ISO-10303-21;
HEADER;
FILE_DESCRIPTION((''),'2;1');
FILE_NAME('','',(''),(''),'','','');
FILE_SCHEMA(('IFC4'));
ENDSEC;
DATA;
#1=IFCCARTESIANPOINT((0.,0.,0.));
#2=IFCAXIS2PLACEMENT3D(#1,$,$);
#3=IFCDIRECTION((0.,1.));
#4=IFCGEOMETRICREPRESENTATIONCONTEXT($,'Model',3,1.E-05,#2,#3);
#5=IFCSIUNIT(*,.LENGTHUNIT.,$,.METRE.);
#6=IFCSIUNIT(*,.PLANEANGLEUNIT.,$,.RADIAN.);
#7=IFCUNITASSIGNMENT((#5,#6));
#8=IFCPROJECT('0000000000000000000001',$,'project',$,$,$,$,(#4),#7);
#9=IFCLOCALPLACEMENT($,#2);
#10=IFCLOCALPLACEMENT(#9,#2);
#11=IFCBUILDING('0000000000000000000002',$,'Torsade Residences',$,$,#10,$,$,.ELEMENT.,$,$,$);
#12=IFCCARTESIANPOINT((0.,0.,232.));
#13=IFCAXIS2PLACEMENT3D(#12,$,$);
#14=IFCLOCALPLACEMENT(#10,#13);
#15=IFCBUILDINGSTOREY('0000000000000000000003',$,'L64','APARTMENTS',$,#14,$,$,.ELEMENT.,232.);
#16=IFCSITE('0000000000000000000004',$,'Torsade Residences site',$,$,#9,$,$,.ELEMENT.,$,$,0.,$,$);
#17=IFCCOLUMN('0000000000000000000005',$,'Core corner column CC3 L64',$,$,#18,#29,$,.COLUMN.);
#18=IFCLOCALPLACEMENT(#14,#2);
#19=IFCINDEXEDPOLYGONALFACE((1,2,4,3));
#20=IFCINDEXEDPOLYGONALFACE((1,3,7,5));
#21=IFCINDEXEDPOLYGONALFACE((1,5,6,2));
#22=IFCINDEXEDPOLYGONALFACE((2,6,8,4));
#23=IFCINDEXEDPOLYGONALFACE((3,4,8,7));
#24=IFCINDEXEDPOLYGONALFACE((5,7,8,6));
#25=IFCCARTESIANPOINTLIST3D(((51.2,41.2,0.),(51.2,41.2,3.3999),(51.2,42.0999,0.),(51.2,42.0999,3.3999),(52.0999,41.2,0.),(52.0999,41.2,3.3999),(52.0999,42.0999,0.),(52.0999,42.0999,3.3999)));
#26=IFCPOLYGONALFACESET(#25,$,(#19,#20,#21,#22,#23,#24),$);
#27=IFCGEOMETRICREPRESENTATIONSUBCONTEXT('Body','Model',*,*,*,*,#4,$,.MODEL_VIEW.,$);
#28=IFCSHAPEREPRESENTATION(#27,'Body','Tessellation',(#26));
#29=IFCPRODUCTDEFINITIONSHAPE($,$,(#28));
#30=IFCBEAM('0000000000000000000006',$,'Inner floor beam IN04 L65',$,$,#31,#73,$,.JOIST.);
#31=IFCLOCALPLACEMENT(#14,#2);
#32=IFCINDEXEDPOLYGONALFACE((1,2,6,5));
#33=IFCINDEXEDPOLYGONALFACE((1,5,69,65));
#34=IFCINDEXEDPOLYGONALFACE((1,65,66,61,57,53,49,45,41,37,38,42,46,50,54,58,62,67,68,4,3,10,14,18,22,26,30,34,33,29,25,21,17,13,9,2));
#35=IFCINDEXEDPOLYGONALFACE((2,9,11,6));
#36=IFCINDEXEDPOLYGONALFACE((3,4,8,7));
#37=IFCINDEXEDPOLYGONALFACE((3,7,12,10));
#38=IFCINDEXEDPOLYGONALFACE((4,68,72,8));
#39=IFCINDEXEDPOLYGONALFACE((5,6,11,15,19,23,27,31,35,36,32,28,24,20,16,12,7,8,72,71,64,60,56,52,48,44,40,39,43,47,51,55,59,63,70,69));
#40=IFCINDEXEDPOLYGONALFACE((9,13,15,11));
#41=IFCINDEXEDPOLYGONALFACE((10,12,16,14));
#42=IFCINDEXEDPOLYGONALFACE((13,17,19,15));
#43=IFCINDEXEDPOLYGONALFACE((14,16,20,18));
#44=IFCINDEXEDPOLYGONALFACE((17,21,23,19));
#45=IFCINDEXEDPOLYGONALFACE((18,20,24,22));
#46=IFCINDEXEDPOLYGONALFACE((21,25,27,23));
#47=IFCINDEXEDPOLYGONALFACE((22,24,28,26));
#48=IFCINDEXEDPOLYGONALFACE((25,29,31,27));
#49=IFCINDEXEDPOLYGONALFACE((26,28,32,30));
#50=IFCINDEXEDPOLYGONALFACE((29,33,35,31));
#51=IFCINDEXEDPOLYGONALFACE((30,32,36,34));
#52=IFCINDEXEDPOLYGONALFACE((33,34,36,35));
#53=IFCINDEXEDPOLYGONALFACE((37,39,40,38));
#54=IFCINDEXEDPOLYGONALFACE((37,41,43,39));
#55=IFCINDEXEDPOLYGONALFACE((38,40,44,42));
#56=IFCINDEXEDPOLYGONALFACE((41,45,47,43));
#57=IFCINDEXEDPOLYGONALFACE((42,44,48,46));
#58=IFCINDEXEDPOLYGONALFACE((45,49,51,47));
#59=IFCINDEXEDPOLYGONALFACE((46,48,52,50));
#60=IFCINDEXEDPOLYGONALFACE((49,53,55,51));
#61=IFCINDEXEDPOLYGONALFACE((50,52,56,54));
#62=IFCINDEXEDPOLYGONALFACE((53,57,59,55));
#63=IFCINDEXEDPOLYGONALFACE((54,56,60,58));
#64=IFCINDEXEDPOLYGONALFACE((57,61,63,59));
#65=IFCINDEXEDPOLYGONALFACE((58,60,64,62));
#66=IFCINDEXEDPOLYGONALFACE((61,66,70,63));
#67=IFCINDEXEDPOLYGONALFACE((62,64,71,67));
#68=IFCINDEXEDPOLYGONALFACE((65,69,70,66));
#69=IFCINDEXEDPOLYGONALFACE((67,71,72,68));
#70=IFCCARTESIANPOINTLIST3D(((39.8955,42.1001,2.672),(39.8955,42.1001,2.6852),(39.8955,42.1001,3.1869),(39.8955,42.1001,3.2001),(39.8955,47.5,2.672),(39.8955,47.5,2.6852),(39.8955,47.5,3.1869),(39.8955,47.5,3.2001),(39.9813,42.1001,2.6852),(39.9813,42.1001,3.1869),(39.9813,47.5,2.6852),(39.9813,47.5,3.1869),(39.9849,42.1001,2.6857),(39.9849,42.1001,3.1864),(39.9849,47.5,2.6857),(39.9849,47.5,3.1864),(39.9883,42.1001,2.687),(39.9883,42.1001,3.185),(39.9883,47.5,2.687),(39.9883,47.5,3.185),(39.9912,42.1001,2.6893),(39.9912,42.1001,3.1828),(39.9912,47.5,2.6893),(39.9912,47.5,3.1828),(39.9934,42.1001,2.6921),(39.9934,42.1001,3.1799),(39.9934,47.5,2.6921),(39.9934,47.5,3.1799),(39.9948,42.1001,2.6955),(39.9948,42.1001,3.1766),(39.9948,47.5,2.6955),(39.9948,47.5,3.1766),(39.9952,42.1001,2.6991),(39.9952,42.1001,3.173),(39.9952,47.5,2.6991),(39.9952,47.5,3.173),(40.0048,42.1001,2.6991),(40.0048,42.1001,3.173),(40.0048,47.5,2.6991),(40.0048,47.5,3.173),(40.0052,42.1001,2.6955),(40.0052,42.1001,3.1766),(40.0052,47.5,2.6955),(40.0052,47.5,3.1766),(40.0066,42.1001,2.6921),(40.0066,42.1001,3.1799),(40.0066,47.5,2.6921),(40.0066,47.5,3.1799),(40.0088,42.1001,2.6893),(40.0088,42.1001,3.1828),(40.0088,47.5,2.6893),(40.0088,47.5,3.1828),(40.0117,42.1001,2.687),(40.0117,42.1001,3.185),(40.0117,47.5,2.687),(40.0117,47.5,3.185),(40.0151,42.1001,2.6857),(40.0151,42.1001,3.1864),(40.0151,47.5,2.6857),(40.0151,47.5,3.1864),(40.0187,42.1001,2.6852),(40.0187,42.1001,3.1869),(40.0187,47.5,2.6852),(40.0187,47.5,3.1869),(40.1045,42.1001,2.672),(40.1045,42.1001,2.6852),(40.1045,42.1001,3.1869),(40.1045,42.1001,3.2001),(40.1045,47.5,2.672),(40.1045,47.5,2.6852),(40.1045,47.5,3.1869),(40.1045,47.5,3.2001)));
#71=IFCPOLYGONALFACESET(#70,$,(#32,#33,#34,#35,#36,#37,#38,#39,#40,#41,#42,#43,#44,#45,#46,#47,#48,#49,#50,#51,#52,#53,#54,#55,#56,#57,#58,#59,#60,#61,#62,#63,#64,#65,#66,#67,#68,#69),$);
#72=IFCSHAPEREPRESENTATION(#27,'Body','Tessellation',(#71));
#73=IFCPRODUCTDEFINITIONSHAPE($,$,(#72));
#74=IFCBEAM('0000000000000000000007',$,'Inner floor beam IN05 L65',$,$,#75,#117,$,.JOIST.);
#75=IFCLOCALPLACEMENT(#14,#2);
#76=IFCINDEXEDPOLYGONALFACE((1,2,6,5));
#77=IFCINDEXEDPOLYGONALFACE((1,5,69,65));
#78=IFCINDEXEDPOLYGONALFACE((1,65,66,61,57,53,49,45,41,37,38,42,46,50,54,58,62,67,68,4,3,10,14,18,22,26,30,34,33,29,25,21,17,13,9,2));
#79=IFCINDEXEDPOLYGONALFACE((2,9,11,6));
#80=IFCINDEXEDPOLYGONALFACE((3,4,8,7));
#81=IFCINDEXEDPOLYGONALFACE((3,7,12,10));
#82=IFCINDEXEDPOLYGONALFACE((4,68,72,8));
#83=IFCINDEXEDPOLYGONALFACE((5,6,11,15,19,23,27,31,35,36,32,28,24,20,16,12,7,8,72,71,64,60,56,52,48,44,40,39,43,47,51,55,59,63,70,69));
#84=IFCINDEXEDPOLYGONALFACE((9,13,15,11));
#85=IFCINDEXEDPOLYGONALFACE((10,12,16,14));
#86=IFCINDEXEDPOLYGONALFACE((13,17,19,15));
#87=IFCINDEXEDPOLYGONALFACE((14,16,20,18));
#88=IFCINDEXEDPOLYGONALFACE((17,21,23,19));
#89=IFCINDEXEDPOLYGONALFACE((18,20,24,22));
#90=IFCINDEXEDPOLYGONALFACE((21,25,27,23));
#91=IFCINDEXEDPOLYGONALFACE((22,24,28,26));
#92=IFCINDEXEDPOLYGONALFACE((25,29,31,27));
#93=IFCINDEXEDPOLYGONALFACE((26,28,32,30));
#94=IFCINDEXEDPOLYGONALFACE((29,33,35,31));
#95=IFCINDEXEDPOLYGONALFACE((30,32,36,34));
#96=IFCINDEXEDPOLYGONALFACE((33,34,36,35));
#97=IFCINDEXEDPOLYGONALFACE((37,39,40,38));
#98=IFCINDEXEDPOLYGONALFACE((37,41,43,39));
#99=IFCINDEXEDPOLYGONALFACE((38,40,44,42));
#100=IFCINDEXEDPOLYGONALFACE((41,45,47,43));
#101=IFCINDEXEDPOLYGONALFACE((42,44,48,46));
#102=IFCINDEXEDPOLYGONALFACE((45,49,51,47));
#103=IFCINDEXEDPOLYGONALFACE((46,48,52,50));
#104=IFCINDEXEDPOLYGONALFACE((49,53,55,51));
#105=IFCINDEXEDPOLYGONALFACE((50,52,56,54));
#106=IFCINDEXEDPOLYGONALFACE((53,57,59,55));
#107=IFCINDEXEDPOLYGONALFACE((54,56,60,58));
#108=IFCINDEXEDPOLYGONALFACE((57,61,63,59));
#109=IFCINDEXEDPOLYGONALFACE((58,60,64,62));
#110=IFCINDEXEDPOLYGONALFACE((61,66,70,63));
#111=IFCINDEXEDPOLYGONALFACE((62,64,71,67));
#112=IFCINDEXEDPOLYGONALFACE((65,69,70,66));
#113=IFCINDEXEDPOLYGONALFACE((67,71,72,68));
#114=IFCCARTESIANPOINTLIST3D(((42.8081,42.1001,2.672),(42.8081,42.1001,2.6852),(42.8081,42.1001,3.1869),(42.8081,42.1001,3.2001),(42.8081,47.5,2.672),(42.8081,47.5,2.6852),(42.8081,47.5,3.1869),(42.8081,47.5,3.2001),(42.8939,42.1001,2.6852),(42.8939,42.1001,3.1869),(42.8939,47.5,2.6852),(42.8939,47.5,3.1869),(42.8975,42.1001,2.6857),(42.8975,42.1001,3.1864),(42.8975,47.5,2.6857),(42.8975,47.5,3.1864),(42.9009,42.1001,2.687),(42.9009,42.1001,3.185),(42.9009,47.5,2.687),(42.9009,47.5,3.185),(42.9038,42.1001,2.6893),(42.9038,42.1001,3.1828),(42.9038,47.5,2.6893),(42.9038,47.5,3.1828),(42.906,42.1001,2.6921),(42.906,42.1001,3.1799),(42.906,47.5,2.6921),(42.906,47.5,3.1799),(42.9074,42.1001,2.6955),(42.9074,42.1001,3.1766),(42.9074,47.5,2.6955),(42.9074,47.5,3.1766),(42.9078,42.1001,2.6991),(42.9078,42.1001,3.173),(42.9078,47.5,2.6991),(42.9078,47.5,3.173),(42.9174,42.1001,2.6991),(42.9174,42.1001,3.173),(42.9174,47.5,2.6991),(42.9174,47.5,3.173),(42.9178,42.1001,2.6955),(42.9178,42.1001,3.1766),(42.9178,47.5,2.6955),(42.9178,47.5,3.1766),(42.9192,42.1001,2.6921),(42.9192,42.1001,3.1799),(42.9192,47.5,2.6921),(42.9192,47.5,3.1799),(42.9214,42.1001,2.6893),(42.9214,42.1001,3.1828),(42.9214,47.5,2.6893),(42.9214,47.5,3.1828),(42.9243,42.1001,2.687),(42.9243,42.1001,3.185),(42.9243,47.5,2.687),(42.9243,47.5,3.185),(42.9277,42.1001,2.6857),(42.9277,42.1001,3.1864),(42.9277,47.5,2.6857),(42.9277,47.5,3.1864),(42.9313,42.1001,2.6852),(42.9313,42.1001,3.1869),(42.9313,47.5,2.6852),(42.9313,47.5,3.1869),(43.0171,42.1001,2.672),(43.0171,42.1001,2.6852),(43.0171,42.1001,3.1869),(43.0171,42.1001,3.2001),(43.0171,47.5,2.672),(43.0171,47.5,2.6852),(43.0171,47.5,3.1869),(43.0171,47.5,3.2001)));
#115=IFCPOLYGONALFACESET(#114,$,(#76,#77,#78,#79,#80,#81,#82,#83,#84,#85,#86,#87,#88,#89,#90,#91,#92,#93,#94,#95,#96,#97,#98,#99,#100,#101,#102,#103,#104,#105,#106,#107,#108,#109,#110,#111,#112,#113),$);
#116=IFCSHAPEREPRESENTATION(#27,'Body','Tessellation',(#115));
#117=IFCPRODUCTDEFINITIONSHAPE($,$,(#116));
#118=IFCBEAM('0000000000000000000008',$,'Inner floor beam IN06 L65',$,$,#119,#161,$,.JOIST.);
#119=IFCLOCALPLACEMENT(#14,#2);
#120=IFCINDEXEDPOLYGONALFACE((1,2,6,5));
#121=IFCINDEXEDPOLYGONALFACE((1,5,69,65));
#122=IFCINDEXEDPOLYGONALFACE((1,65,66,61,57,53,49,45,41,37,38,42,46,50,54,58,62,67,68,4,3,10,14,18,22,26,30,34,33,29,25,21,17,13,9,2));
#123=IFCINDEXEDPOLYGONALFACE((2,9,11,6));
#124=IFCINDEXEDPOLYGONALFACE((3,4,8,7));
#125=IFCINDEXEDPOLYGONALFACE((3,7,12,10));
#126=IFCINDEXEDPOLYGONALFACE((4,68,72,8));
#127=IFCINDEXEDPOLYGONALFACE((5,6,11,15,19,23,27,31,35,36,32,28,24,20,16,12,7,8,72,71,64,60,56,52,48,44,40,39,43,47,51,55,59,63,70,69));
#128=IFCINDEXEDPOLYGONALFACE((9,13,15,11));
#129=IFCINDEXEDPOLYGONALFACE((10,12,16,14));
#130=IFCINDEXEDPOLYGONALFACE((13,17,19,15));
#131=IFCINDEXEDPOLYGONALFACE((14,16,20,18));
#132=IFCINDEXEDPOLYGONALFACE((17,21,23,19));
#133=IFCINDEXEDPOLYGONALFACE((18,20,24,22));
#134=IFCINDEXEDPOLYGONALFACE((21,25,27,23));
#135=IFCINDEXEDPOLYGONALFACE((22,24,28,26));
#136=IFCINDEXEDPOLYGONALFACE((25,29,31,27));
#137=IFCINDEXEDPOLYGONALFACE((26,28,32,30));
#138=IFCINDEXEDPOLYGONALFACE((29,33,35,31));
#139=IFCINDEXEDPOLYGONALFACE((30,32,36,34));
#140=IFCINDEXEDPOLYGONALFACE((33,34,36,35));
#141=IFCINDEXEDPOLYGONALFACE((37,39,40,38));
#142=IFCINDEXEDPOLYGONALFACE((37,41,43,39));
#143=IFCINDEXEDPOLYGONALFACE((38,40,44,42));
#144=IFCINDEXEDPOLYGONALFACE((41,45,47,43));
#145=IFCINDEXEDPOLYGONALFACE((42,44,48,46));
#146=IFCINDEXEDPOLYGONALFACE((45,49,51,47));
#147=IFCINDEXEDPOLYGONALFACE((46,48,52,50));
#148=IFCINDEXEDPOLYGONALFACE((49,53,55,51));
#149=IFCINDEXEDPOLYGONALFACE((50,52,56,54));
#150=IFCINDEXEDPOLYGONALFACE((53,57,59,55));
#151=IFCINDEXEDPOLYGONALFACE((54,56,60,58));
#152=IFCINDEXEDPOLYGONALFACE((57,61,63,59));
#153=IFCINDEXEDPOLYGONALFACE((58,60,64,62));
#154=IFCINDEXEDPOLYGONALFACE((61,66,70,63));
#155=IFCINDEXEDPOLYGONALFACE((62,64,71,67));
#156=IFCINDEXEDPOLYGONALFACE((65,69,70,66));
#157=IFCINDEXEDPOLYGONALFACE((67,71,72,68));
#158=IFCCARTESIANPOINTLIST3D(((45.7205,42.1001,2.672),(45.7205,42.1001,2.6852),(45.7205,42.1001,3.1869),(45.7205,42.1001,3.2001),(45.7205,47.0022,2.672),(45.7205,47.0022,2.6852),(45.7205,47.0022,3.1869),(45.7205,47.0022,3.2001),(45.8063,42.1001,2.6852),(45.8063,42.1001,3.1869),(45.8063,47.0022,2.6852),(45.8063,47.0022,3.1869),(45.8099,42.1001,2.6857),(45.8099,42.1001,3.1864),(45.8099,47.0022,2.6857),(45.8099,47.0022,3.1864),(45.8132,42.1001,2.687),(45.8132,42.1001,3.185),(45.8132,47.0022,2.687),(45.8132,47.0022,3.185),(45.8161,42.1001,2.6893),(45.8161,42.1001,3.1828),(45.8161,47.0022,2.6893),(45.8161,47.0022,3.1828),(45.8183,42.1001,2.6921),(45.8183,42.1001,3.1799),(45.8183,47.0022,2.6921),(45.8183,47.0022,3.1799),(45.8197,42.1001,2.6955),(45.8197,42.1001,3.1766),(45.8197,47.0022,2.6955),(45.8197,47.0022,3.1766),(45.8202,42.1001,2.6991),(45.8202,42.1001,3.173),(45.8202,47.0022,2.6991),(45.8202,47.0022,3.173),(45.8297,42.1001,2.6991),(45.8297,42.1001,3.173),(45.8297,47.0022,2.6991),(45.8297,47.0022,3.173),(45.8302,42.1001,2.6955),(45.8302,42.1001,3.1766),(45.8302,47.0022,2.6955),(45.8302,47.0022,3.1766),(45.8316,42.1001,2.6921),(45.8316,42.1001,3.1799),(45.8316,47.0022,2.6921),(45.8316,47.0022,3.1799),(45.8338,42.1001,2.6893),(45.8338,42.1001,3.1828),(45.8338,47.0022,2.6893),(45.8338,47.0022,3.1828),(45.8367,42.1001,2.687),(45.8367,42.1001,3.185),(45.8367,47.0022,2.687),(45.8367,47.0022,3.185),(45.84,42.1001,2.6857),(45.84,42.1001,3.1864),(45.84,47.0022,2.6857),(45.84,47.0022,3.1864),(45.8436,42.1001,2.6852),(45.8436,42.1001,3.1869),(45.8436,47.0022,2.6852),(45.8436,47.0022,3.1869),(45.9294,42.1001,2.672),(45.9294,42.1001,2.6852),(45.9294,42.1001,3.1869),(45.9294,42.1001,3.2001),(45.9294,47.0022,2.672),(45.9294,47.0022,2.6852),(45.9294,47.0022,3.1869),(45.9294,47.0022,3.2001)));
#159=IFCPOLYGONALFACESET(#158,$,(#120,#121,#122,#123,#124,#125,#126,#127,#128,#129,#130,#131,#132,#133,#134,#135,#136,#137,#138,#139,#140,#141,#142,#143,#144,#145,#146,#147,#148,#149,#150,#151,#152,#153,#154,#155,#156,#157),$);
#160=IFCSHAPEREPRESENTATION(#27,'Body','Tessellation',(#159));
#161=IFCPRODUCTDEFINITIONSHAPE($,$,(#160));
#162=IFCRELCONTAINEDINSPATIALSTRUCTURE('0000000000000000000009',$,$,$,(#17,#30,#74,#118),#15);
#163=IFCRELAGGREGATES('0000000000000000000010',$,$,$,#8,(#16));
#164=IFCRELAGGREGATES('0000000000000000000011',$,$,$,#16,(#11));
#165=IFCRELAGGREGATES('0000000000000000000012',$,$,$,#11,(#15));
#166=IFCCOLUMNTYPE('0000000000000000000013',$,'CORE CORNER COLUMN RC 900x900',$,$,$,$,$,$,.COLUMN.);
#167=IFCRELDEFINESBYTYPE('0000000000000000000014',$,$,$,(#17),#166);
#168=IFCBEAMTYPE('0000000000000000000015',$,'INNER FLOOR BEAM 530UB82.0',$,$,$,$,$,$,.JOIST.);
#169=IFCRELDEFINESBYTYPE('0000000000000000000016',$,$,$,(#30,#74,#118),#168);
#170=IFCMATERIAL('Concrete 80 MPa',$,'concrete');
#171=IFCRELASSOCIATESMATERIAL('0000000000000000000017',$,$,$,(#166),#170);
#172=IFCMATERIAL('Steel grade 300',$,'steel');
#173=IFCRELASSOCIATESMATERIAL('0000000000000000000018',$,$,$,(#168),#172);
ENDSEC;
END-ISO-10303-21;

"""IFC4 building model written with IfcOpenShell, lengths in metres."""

from ifc_helpers import new_model, si_unit, direction, frame, origin, origin_2d, place, context, subcontext, project, spatial, rectangle, i_section, extrude, material, material_profile, profile_set, type_object, element, save


model = new_model("IFC4")

# Units and contexts
model_context = context("Model", 3, precision=1e-05, world=origin(), true_north=direction((0.0, 1.0)))
body_context = subcontext(model_context, "Body", "Model", "MODEL_VIEW")
ifc_project = project(units=[si_unit("LENGTHUNIT", "METRE"), si_unit("PLANEANGLEUNIT", "RADIAN")], contexts=[model_context])

# Site, building, storey
site_placement = place(None, origin())
site = spatial("IfcSite", under=ifc_project, at=site_placement, Name="Torsade Residences site", CompositionType="ELEMENT", RefElevation=0.0)
building_placement = place(site_placement, origin())
building = spatial("IfcBuilding", under=site, at=building_placement, Name="Torsade Residences", CompositionType="ELEMENT")
storey_placement = place(building_placement, frame((0.0, 0.0, 232.0)))
storey = spatial("IfcBuildingStorey", under=building, at=storey_placement, Name="L64", Description="APARTMENTS", CompositionType="ELEMENT", Elevation=232.0)

# Column
ifc_material_1 = material(Name="Concrete 80 MPa", Category="concrete")
ifc_material_profile_1 = material_profile(ifc_material_1, rectangle(XDim=0.8999, YDim=0.8999, at=origin_2d()), Name="RC 900x900")
ifc_profile_set_1 = profile_set([ifc_material_profile_1], Name="Concrete 80 MPa")
column_type = type_object("IfcColumnType", Name="CORE CORNER COLUMN RC 900x900", PredefinedType="COLUMN", material=ifc_profile_set_1)
column_placement = place(storey_placement, frame((51.6499, 41.6499, 0.0), z_axis=(0.0, 0.0, 1.0), x_axis=(1.0, 0.0, 0.0)))
element("IfcColumn", 1, at=column_placement, inside=storey, type_object=column_type, Name="Core corner column CC3 L64", PredefinedType="COLUMN", context=body_context, shape_type="SweptSolid", body=[
    extrude(rectangle(XDim=0.8999, YDim=0.8999, at=origin_2d()), origin(), (0.0, 0.0, 1.0), 3.3999),
])

# Beams
ifc_material_2 = material(Name="Steel grade 300", Category="steel")
ifc_material_profile_2 = material_profile(ifc_material_2, i_section(OverallWidth=0.209, OverallDepth=0.5281, WebThickness=0.0095, FlangeThickness=0.0132, FilletRadius=0.0139, at=origin_2d()), Name="530UB82.0")
ifc_profile_set_2 = profile_set([ifc_material_profile_2], Name="Steel grade 300")
beam_type = type_object("IfcBeamType", Name="INNER FLOOR BEAM 530UB82.0", PredefinedType="JOIST", material=ifc_profile_set_2)
for number, where, z_axis, x_axis, name in (
    (2, (40.0, 42.1001, 2.936), (0.0, 1.0, 0.0), (-1.0, 0.0, 0.0), "Inner floor beam IN04 L65"),
    (3, (42.9126, 42.1001, 2.936), (0.0, 1.0, 0.0), (-1.0, 0.0, 0.0), "Inner floor beam IN05 L65"),
):
    element("IfcBeam", number, at=place(storey_placement, frame(where, z_axis=z_axis, x_axis=x_axis)), inside=storey, type_object=beam_type, Name=name, PredefinedType="JOIST", context=body_context, shape_type="SweptSolid", body=[
        extrude(i_section(OverallWidth=0.209, OverallDepth=0.5281, WebThickness=0.0095, FlangeThickness=0.0132, FilletRadius=0.0139, at=origin_2d()), origin(), (0.0, 0.0, 1.0), 5.3999),
    ])
beam_1_placement = place(storey_placement, frame((45.825, 42.1001, 2.936), z_axis=(0.0, 1.0, 0.0), x_axis=(-1.0, 0.0, 0.0)))
element("IfcBeam", 4, at=beam_1_placement, inside=storey, type_object=beam_type, Name="Inner floor beam IN06 L65", PredefinedType="JOIST", context=body_context, shape_type="SweptSolid", body=[
    extrude(i_section(OverallWidth=0.209, OverallDepth=0.5281, WebThickness=0.0095, FlangeThickness=0.0132, FilletRadius=0.0139, at=origin_2d()), origin(), (0.0, 0.0, 1.0), 4.9021),
])

save(model, "model.ifc")
